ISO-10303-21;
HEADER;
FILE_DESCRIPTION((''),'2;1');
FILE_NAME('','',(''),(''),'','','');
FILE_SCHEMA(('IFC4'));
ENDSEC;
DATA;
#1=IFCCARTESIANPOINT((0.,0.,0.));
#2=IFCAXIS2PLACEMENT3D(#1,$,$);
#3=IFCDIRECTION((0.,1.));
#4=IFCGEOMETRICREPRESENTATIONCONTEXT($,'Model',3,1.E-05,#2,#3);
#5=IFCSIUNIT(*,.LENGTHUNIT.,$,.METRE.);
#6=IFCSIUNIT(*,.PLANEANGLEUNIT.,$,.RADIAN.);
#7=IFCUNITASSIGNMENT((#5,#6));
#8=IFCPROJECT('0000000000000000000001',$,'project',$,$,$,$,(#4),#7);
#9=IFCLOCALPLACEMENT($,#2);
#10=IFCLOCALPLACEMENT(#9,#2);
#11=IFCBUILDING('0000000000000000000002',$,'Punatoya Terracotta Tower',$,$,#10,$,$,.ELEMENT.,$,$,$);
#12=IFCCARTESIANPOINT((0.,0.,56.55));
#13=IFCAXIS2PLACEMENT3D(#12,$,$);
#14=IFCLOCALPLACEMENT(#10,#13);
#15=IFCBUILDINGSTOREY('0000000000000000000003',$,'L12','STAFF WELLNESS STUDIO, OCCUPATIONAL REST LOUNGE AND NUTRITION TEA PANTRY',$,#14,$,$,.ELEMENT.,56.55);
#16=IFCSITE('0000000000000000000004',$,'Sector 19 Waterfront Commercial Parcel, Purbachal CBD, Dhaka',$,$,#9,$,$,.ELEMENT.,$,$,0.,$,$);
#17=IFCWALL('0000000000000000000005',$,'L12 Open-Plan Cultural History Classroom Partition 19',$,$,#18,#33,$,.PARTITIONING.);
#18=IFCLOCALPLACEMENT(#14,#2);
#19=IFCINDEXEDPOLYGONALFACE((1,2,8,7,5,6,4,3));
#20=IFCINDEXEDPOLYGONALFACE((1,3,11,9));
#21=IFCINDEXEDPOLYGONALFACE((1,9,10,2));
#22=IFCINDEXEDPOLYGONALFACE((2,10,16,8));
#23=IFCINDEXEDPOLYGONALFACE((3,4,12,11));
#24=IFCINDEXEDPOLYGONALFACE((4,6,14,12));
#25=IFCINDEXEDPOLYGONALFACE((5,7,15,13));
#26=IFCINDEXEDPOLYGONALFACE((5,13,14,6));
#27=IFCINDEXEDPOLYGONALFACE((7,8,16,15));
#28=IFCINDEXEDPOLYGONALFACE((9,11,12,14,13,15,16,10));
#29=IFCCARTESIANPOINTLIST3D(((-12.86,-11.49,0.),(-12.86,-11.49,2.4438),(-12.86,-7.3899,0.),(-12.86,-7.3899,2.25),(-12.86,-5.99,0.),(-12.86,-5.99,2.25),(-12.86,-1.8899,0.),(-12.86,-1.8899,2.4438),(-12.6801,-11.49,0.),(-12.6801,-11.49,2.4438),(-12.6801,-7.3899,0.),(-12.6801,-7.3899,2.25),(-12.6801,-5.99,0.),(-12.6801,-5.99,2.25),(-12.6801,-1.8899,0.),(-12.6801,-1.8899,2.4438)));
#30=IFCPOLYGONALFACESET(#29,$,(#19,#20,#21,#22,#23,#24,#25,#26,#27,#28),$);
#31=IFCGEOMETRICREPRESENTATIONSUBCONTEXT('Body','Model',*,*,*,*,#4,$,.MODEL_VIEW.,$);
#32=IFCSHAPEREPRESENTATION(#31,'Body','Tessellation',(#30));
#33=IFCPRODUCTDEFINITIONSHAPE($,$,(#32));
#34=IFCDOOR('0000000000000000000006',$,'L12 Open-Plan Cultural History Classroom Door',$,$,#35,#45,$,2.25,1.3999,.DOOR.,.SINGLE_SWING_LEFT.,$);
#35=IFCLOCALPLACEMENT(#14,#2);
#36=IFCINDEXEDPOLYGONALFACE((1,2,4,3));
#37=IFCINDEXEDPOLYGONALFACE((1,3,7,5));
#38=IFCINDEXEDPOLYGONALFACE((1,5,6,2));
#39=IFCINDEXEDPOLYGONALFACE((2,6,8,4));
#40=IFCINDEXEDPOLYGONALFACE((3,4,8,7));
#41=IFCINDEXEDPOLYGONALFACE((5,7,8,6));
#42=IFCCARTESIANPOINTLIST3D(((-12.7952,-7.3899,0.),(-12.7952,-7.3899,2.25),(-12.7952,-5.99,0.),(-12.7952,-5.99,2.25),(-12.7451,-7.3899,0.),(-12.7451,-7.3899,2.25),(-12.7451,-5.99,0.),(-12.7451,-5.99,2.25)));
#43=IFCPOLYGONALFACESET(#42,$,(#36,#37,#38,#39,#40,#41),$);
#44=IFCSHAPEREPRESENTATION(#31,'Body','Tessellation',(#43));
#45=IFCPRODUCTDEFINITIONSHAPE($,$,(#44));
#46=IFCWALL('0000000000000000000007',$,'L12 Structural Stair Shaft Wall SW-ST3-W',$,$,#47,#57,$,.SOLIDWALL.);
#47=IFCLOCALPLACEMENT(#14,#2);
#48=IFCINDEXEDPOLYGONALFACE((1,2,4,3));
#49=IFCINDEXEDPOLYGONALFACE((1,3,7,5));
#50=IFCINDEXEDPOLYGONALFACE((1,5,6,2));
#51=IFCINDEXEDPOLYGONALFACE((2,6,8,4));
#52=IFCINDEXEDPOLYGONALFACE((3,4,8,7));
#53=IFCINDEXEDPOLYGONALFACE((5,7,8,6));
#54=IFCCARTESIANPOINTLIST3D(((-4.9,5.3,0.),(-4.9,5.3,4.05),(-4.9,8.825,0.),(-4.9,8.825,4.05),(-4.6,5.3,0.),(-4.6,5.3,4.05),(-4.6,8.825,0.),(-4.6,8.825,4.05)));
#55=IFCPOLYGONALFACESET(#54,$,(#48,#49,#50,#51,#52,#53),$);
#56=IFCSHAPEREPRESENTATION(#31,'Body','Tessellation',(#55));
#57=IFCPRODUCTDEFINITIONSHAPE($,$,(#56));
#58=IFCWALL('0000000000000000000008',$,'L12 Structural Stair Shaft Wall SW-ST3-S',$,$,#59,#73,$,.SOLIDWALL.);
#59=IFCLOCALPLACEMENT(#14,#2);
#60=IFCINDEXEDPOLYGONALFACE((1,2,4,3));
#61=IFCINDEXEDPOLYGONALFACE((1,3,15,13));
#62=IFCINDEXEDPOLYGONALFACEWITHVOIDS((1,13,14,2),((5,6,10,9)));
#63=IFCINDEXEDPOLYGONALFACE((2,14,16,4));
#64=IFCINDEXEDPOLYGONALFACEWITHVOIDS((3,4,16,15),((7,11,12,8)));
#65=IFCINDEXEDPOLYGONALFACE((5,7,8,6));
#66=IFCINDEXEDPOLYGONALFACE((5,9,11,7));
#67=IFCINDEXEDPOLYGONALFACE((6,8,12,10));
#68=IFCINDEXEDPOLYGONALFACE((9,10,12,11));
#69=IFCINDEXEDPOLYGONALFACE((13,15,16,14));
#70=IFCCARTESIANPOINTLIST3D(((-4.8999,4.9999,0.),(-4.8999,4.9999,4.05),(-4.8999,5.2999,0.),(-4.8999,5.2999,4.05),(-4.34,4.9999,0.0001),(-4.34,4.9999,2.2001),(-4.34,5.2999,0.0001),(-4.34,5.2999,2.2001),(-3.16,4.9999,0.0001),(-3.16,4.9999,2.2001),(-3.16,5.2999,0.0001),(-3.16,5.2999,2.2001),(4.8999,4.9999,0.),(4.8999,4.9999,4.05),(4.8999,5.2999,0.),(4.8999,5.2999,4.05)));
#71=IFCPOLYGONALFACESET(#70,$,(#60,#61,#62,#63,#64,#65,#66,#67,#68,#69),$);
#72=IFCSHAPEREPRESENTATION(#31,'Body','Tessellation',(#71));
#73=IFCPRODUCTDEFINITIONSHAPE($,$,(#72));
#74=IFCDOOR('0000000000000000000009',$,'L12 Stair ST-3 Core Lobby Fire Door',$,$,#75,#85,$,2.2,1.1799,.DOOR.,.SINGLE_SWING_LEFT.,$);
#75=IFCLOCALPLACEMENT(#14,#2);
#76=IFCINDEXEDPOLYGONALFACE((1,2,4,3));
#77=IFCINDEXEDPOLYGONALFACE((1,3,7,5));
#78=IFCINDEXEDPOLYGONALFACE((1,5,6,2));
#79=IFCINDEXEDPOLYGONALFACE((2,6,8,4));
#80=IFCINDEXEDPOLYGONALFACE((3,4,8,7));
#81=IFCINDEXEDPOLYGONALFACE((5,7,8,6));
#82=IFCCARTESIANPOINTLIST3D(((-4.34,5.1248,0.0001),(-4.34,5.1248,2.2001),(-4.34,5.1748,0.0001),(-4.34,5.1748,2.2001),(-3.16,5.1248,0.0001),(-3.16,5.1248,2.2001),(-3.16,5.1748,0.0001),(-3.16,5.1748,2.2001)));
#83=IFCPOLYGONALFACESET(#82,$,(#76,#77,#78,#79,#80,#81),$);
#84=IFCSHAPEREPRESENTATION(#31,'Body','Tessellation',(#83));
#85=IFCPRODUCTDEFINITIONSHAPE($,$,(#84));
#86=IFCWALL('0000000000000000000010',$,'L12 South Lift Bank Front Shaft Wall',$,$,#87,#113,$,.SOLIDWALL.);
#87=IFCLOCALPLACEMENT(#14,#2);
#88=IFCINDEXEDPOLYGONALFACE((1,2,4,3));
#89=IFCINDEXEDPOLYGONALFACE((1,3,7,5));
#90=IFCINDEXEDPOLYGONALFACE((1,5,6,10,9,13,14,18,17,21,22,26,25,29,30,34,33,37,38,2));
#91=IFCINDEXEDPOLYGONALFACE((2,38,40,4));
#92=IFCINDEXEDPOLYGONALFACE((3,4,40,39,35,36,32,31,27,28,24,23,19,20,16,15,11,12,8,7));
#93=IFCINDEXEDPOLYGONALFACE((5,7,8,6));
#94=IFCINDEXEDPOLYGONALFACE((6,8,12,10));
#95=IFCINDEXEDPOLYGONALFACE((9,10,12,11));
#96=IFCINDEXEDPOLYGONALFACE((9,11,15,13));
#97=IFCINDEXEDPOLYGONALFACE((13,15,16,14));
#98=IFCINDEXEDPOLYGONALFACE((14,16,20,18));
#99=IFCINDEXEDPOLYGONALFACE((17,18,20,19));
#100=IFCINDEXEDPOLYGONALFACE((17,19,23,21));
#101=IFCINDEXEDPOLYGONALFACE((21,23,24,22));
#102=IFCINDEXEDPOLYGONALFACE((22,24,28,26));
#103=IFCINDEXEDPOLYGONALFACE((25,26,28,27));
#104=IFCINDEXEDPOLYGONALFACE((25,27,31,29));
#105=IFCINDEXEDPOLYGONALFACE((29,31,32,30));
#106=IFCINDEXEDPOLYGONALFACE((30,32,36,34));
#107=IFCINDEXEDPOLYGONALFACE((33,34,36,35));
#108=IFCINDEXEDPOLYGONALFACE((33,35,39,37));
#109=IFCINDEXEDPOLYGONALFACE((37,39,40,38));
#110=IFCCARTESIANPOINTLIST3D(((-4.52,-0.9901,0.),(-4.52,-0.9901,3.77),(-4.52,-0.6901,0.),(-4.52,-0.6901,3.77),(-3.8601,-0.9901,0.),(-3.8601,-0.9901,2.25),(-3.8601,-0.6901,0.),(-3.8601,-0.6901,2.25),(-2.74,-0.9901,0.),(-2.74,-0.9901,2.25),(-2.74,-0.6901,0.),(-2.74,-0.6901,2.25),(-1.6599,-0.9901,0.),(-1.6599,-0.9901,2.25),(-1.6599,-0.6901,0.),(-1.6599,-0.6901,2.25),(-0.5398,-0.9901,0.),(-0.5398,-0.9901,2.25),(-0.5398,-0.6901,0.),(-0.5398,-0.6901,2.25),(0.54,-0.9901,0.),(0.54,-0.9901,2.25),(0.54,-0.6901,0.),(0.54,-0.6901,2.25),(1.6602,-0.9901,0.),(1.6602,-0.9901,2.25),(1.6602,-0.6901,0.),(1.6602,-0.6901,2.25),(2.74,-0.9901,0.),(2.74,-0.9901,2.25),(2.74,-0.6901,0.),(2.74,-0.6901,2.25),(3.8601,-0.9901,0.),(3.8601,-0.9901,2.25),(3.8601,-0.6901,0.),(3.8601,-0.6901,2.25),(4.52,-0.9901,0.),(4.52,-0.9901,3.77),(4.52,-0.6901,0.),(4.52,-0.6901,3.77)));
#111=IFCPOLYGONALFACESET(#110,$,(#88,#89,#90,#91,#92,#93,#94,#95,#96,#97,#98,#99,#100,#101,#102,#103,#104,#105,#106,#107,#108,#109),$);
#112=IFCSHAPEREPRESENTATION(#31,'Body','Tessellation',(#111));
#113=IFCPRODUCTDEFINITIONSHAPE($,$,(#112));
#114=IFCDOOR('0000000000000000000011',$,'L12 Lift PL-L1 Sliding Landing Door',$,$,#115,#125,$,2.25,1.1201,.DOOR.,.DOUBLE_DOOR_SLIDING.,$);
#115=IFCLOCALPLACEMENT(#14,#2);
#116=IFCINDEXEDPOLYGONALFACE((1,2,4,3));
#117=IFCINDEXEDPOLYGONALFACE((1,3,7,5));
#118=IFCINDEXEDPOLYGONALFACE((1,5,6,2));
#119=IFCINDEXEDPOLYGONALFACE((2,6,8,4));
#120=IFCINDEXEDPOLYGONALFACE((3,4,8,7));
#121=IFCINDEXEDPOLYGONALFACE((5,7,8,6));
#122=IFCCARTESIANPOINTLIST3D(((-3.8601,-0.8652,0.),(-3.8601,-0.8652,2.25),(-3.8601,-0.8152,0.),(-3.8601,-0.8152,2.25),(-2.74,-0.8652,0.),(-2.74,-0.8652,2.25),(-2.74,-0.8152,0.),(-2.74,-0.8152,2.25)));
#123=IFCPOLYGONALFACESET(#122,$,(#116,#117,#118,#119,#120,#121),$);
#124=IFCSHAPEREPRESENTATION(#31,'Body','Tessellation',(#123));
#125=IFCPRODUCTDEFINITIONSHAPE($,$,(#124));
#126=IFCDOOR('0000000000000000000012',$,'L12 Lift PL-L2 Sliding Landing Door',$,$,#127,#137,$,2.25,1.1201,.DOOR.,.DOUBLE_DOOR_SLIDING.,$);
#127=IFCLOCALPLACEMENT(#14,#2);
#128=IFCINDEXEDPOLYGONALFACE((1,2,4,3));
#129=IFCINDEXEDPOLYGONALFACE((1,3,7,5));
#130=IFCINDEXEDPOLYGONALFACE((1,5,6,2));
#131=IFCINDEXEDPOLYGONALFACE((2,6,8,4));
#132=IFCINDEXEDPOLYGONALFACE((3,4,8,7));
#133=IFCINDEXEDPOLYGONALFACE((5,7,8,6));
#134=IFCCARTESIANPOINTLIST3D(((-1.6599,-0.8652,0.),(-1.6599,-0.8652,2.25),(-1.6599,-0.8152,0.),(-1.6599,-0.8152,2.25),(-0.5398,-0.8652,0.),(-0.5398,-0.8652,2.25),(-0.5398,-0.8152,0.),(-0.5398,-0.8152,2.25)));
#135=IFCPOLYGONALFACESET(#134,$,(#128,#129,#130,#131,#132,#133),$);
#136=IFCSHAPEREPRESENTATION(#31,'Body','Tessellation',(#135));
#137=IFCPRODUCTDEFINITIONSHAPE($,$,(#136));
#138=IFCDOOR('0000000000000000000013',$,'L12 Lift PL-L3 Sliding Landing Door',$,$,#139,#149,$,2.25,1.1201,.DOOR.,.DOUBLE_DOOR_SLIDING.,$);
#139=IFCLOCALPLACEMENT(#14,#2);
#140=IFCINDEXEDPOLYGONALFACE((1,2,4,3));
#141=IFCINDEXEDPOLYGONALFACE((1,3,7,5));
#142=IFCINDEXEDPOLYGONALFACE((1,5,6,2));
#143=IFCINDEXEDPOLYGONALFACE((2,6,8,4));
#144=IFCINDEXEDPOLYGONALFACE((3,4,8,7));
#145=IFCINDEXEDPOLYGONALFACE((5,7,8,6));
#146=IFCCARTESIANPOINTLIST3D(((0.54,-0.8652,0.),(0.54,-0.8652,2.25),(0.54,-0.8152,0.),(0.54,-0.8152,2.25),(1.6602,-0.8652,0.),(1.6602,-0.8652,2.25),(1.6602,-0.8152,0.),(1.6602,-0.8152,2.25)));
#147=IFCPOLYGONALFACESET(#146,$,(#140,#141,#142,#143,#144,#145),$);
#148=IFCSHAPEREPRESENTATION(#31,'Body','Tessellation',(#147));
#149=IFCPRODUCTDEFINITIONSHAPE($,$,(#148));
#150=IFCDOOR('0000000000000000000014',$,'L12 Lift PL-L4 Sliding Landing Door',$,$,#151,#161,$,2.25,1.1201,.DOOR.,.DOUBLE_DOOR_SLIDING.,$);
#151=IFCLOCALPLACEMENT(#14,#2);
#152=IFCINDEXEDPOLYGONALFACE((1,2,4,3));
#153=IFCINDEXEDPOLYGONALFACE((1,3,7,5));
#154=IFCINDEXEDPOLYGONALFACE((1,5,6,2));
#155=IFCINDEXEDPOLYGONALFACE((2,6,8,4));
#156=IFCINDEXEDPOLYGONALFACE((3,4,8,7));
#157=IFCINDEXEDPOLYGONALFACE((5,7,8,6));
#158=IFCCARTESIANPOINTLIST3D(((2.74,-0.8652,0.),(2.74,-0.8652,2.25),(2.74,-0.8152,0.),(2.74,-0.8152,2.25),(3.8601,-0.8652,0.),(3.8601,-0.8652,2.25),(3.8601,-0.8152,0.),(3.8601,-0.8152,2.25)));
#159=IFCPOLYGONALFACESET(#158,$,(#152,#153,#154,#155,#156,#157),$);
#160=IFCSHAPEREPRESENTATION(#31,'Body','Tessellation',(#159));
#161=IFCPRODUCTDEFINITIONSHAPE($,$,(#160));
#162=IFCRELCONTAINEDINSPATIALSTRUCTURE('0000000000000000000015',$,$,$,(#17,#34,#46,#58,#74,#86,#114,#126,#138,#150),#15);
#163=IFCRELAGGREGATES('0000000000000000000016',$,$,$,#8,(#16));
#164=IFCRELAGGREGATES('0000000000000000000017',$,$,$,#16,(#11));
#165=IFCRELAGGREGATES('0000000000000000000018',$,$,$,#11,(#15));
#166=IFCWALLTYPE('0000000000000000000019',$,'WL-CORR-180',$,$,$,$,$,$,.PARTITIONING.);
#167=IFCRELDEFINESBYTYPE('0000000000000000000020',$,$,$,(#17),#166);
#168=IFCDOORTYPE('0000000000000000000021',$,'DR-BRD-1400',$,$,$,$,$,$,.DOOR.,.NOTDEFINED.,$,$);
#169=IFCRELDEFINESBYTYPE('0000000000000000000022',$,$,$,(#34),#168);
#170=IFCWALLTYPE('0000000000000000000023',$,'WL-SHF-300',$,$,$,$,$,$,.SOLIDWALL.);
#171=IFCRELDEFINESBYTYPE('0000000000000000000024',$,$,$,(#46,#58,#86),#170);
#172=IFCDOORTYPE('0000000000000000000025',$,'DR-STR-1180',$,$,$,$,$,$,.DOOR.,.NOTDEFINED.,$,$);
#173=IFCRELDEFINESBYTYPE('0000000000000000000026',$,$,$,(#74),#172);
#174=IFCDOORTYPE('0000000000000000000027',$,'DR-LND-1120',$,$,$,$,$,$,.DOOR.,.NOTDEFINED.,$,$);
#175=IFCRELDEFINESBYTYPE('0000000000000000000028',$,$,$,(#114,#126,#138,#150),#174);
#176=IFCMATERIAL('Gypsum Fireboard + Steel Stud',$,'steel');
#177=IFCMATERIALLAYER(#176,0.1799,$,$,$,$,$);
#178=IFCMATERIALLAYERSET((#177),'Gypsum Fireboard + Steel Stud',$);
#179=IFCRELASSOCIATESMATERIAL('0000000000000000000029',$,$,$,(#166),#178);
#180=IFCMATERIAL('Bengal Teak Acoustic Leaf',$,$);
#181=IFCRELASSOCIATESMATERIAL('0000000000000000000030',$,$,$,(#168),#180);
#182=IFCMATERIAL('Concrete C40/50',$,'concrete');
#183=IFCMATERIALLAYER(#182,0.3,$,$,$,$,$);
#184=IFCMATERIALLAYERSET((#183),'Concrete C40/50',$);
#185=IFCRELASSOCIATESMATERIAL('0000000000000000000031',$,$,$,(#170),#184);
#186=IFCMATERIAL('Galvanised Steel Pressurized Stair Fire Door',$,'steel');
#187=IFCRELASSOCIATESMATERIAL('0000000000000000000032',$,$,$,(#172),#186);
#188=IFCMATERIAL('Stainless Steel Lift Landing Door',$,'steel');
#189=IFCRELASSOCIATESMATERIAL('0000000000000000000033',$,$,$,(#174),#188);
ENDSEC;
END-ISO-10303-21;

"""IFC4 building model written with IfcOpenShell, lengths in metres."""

from ifc_helpers import new_model, si_unit, direction, frame, frame_2d, origin, place, context, subcontext, project, spatial, rectangle, extrude, material, layer, layer_set, type_object, element, fill, save


model = new_model("IFC4")

# Units and contexts
model_context = context("Model", 3, precision=1e-05, world=origin(), true_north=direction((0.0, 1.0)))
body_context = subcontext(model_context, "Body", "Model", "MODEL_VIEW")
ifc_project = project(units=[si_unit("LENGTHUNIT", "METRE"), si_unit("PLANEANGLEUNIT", "RADIAN")], contexts=[model_context])

# Site, building, storey
site_placement = place(None, origin())
site = spatial("IfcSite", under=ifc_project, at=site_placement, Name="Sector 19 Waterfront Commercial Parcel, Purbachal CBD, Dhaka", CompositionType="ELEMENT", RefElevation=0.0)
building_placement = place(site_placement, origin())
building = spatial("IfcBuilding", under=site, at=building_placement, Name="Punatoya Terracotta Tower", CompositionType="ELEMENT")
storey_placement = place(building_placement, frame((0.0, 0.0, 56.55)))
storey = spatial("IfcBuildingStorey", under=building, at=storey_placement, Name="L12", Description="STAFF WELLNESS STUDIO, OCCUPATIONAL REST LOUNGE AND NUTRITION TEA PANTRY", CompositionType="ELEMENT", Elevation=56.55)

# Shared definitions
ifc_material_1 = material(Name="Gypsum Fireboard + Steel Stud", Category="steel")
ifc_layer_1 = layer(ifc_material_1, 0.1799)
ifc_layer_set_1 = layer_set([ifc_layer_1], Name="Gypsum Fireboard + Steel Stud")
wall_type_1 = type_object("IfcWallType", Name="WL-CORR-180", PredefinedType="PARTITIONING", material=ifc_layer_set_1)

# Wall, opening, door
wall_1_placement = place(storey_placement, frame((-12.77, -1.8899, 0.0), z_axis=(0.0, 0.0, 1.0), x_axis=(0.0, -1.0, 0.0)))
wall_1 = element("IfcWall", 1, at=wall_1_placement, inside=storey, type_object=wall_type_1, Name="L12 Open-Plan Cultural History Classroom Partition 19", PredefinedType="PARTITIONING", context=body_context, shape_type="SweptSolid", body=[
    extrude(rectangle(XDim=9.6001, YDim=0.1799, at=frame_2d((4.8, 0.0))), origin(), (0.0, 0.0, 1.0), 2.4438),
])
opening_1_placement = place(wall_1_placement, frame((4.1001, 0.0, 0.0)))
opening_1 = element("IfcOpeningElement", 2, at=opening_1_placement, cuts=wall_1, PredefinedType="OPENING", context=body_context, shape_type="SweptSolid", body=[
    extrude(rectangle(XDim=1.3999, YDim=2.25, at=frame_2d((0.7, 1.125))), frame((0.0, 0.0999, 0.0), z_axis=(0.0, -1.0, 0.0), x_axis=(1.0, 0.0, 0.0)), (0.0, 0.0, 1.0), 0.2),
])
ifc_material_2 = material(Name="Bengal Teak Acoustic Leaf")
door_type_1 = type_object("IfcDoorType", Name="DR-BRD-1400", OperationType="NOTDEFINED", PredefinedType="DOOR", material=ifc_material_2)
door_1_placement = place(opening_1_placement, origin())
door_1 = element("IfcDoor", 3, at=door_1_placement, inside=storey, type_object=door_type_1, Name="L12 Open-Plan Cultural History Classroom Door", OperationType="SINGLE_SWING_LEFT", OverallHeight=2.25, OverallWidth=1.3999, PredefinedType="DOOR", context=body_context, shape_type="SweptSolid", body=[
    extrude(rectangle(XDim=1.3999, YDim=2.25, at=frame_2d((0.7, 1.125))), frame((0.0, 0.0249, 0.0), z_axis=(0.0, -1.0, 0.0), x_axis=(1.0, 0.0, 0.0)), (0.0, 0.0, 1.0), 0.05),
])
fill(opening_1, door_1)

# Wall
ifc_material_3 = material(Name="Concrete C40/50", Category="concrete")
ifc_layer_2 = layer(ifc_material_3, 0.3)
ifc_layer_set_2 = layer_set([ifc_layer_2], Name="Concrete C40/50")
wall_type_2 = type_object("IfcWallType", Name="WL-SHF-300", PredefinedType="SOLIDWALL", material=ifc_layer_set_2)
wall_2_placement = place(storey_placement, frame((-4.75, 5.3, 0.0), z_axis=(0.0, 0.0, 1.0), x_axis=(0.0, 1.0, 0.0)))
element("IfcWall", 4, at=wall_2_placement, inside=storey, type_object=wall_type_2, Name="L12 Structural Stair Shaft Wall SW-ST3-W", PredefinedType="SOLIDWALL", context=body_context, shape_type="SweptSolid", body=[
    extrude(rectangle(XDim=3.5249, YDim=0.3, at=frame_2d((1.7625, 0.0))), origin(), (0.0, 0.0, 1.0), 4.05),
])

# Wall, opening, door
wall_3_placement = place(storey_placement, frame((-4.8999, 5.1499, 0.0), z_axis=(0.0, 0.0, 1.0), x_axis=(1.0, 0.0, 0.0)))
wall_3 = element("IfcWall", 5, at=wall_3_placement, inside=storey, type_object=wall_type_2, Name="L12 Structural Stair Shaft Wall SW-ST3-S", PredefinedType="SOLIDWALL", context=body_context, shape_type="SweptSolid", body=[
    extrude(rectangle(XDim=9.7998, YDim=0.3, at=frame_2d((4.8999, 0.0))), origin(), (0.0, 0.0, 1.0), 4.05),
])
opening_2_placement = place(wall_3_placement, frame((0.5601, 0.0, 0.0)))
opening_2 = element("IfcOpeningElement", 6, at=opening_2_placement, cuts=wall_3, PredefinedType="OPENING", context=body_context, shape_type="SweptSolid", body=[
    extrude(rectangle(XDim=1.1799, YDim=2.2, at=frame_2d((0.5898, 1.1001))), frame((0.0, 0.1599, 0.0), z_axis=(0.0, -1.0, 0.0), x_axis=(1.0, 0.0, 0.0)), (0.0, 0.0, 1.0), 0.3201),
])
ifc_material_4 = material(Name="Galvanised Steel Pressurized Stair Fire Door", Category="steel")
door_type_2 = type_object("IfcDoorType", Name="DR-STR-1180", OperationType="NOTDEFINED", PredefinedType="DOOR", material=ifc_material_4)
door_2_placement = place(opening_2_placement, origin())
door_2 = element("IfcDoor", 7, at=door_2_placement, inside=storey, type_object=door_type_2, Name="L12 Stair ST-3 Core Lobby Fire Door", OperationType="SINGLE_SWING_LEFT", OverallHeight=2.2, OverallWidth=1.1799, PredefinedType="DOOR", context=body_context, shape_type="SweptSolid", body=[
    extrude(rectangle(XDim=1.1799, YDim=2.2, at=frame_2d((0.5898, 1.1001))), frame((0.0, 0.0249, 0.0), z_axis=(0.0, -1.0, 0.0), x_axis=(1.0, 0.0, 0.0)), (0.0, 0.0, 1.0), 0.05),
])
fill(opening_2, door_2)

# Wall, openings, doors
wall_4_placement = place(storey_placement, frame((-4.52, -0.8401, 0.0), z_axis=(0.0, 0.0, 1.0), x_axis=(1.0, 0.0, 0.0)))
wall_4 = element("IfcWall", 8, at=wall_4_placement, inside=storey, type_object=wall_type_2, Name="L12 South Lift Bank Front Shaft Wall", PredefinedType="SOLIDWALL", context=body_context, shape_type="SweptSolid", body=[
    extrude(rectangle(XDim=9.04, YDim=0.3, at=frame_2d((4.52, 0.0))), origin(), (0.0, 0.0, 1.0), 3.77),
])
opening_3_placement = place(wall_4_placement, frame((0.6599, 0.0, 0.0)))
opening_3 = element("IfcOpeningElement", 9, at=opening_3_placement, cuts=wall_4, PredefinedType="OPENING", context=body_context, shape_type="SweptSolid", body=[
    extrude(rectangle(XDim=1.1201, YDim=2.25, at=frame_2d((0.5601, 1.125))), frame((0.0, 0.1599, 0.0), z_axis=(0.0, -1.0, 0.0), x_axis=(1.0, 0.0, 0.0)), (0.0, 0.0, 1.0), 0.3201),
])
opening_4_placement = place(wall_4_placement, frame((2.8601, 0.0, 0.0)))
opening_4 = element("IfcOpeningElement", 10, at=opening_4_placement, cuts=wall_4, PredefinedType="OPENING", context=body_context, shape_type="SweptSolid", body=[
    extrude(rectangle(XDim=1.1201, YDim=2.25, at=frame_2d((0.5601, 1.125))), frame((0.0, 0.1599, 0.0), z_axis=(0.0, -1.0, 0.0), x_axis=(1.0, 0.0, 0.0)), (0.0, 0.0, 1.0), 0.3201),
])
opening_5_placement = place(wall_4_placement, frame((5.0601, 0.0, 0.0)))
opening_5 = element("IfcOpeningElement", 11, at=opening_5_placement, cuts=wall_4, PredefinedType="OPENING", context=body_context, shape_type="SweptSolid", body=[
    extrude(rectangle(XDim=1.1201, YDim=2.25, at=frame_2d((0.5601, 1.125))), frame((0.0, 0.1599, 0.0), z_axis=(0.0, -1.0, 0.0), x_axis=(1.0, 0.0, 0.0)), (0.0, 0.0, 1.0), 0.3201),
])
opening_6_placement = place(wall_4_placement, frame((7.26, 0.0, 0.0)))
opening_6 = element("IfcOpeningElement", 12, at=opening_6_placement, cuts=wall_4, PredefinedType="OPENING", context=body_context, shape_type="SweptSolid", body=[
    extrude(rectangle(XDim=1.1201, YDim=2.25, at=frame_2d((0.5601, 1.125))), frame((0.0, 0.1599, 0.0), z_axis=(0.0, -1.0, 0.0), x_axis=(1.0, 0.0, 0.0)), (0.0, 0.0, 1.0), 0.3201),
])
ifc_material_5 = material(Name="Stainless Steel Lift Landing Door", Category="steel")
door_type_3 = type_object("IfcDoorType", Name="DR-LND-1120", OperationType="NOTDEFINED", PredefinedType="DOOR", material=ifc_material_5)
door_3_placement = place(opening_3_placement, origin())
door_3 = element("IfcDoor", 13, at=door_3_placement, inside=storey, type_object=door_type_3, Name="L12 Lift PL-L1 Sliding Landing Door", OperationType="DOUBLE_DOOR_SLIDING", OverallHeight=2.25, OverallWidth=1.1201, PredefinedType="DOOR", context=body_context, shape_type="SweptSolid", body=[
    extrude(rectangle(XDim=1.1201, YDim=2.25, at=frame_2d((0.5601, 1.125))), frame((0.0, 0.0249, 0.0), z_axis=(0.0, -1.0, 0.0), x_axis=(1.0, 0.0, 0.0)), (0.0, 0.0, 1.0), 0.05),
])
fill(opening_3, door_3)
door_4_placement = place(opening_4_placement, origin())
door_4 = element("IfcDoor", 14, at=door_4_placement, inside=storey, type_object=door_type_3, Name="L12 Lift PL-L2 Sliding Landing Door", OperationType="DOUBLE_DOOR_SLIDING", OverallHeight=2.25, OverallWidth=1.1201, PredefinedType="DOOR", context=body_context, shape_type="SweptSolid", body=[
    extrude(rectangle(XDim=1.1201, YDim=2.25, at=frame_2d((0.5601, 1.125))), frame((0.0, 0.0249, 0.0), z_axis=(0.0, -1.0, 0.0), x_axis=(1.0, 0.0, 0.0)), (0.0, 0.0, 1.0), 0.05),
])
fill(opening_4, door_4)
door_5_placement = place(opening_5_placement, origin())
door_5 = element("IfcDoor", 15, at=door_5_placement, inside=storey, type_object=door_type_3, Name="L12 Lift PL-L3 Sliding Landing Door", OperationType="DOUBLE_DOOR_SLIDING", OverallHeight=2.25, OverallWidth=1.1201, PredefinedType="DOOR", context=body_context, shape_type="SweptSolid", body=[
    extrude(rectangle(XDim=1.1201, YDim=2.25, at=frame_2d((0.5601, 1.125))), frame((0.0, 0.0249, 0.0), z_axis=(0.0, -1.0, 0.0), x_axis=(1.0, 0.0, 0.0)), (0.0, 0.0, 1.0), 0.05),
])
fill(opening_5, door_5)
door_6_placement = place(opening_6_placement, origin())
door_6 = element("IfcDoor", 16, at=door_6_placement, inside=storey, type_object=door_type_3, Name="L12 Lift PL-L4 Sliding Landing Door", OperationType="DOUBLE_DOOR_SLIDING", OverallHeight=2.25, OverallWidth=1.1201, PredefinedType="DOOR", context=body_context, shape_type="SweptSolid", body=[
    extrude(rectangle(XDim=1.1201, YDim=2.25, at=frame_2d((0.5601, 1.125))), frame((0.0, 0.0249, 0.0), z_axis=(0.0, -1.0, 0.0), x_axis=(1.0, 0.0, 0.0)), (0.0, 0.0, 1.0), 0.05),
])
fill(opening_6, door_6)

save(model, "model.ifc")
